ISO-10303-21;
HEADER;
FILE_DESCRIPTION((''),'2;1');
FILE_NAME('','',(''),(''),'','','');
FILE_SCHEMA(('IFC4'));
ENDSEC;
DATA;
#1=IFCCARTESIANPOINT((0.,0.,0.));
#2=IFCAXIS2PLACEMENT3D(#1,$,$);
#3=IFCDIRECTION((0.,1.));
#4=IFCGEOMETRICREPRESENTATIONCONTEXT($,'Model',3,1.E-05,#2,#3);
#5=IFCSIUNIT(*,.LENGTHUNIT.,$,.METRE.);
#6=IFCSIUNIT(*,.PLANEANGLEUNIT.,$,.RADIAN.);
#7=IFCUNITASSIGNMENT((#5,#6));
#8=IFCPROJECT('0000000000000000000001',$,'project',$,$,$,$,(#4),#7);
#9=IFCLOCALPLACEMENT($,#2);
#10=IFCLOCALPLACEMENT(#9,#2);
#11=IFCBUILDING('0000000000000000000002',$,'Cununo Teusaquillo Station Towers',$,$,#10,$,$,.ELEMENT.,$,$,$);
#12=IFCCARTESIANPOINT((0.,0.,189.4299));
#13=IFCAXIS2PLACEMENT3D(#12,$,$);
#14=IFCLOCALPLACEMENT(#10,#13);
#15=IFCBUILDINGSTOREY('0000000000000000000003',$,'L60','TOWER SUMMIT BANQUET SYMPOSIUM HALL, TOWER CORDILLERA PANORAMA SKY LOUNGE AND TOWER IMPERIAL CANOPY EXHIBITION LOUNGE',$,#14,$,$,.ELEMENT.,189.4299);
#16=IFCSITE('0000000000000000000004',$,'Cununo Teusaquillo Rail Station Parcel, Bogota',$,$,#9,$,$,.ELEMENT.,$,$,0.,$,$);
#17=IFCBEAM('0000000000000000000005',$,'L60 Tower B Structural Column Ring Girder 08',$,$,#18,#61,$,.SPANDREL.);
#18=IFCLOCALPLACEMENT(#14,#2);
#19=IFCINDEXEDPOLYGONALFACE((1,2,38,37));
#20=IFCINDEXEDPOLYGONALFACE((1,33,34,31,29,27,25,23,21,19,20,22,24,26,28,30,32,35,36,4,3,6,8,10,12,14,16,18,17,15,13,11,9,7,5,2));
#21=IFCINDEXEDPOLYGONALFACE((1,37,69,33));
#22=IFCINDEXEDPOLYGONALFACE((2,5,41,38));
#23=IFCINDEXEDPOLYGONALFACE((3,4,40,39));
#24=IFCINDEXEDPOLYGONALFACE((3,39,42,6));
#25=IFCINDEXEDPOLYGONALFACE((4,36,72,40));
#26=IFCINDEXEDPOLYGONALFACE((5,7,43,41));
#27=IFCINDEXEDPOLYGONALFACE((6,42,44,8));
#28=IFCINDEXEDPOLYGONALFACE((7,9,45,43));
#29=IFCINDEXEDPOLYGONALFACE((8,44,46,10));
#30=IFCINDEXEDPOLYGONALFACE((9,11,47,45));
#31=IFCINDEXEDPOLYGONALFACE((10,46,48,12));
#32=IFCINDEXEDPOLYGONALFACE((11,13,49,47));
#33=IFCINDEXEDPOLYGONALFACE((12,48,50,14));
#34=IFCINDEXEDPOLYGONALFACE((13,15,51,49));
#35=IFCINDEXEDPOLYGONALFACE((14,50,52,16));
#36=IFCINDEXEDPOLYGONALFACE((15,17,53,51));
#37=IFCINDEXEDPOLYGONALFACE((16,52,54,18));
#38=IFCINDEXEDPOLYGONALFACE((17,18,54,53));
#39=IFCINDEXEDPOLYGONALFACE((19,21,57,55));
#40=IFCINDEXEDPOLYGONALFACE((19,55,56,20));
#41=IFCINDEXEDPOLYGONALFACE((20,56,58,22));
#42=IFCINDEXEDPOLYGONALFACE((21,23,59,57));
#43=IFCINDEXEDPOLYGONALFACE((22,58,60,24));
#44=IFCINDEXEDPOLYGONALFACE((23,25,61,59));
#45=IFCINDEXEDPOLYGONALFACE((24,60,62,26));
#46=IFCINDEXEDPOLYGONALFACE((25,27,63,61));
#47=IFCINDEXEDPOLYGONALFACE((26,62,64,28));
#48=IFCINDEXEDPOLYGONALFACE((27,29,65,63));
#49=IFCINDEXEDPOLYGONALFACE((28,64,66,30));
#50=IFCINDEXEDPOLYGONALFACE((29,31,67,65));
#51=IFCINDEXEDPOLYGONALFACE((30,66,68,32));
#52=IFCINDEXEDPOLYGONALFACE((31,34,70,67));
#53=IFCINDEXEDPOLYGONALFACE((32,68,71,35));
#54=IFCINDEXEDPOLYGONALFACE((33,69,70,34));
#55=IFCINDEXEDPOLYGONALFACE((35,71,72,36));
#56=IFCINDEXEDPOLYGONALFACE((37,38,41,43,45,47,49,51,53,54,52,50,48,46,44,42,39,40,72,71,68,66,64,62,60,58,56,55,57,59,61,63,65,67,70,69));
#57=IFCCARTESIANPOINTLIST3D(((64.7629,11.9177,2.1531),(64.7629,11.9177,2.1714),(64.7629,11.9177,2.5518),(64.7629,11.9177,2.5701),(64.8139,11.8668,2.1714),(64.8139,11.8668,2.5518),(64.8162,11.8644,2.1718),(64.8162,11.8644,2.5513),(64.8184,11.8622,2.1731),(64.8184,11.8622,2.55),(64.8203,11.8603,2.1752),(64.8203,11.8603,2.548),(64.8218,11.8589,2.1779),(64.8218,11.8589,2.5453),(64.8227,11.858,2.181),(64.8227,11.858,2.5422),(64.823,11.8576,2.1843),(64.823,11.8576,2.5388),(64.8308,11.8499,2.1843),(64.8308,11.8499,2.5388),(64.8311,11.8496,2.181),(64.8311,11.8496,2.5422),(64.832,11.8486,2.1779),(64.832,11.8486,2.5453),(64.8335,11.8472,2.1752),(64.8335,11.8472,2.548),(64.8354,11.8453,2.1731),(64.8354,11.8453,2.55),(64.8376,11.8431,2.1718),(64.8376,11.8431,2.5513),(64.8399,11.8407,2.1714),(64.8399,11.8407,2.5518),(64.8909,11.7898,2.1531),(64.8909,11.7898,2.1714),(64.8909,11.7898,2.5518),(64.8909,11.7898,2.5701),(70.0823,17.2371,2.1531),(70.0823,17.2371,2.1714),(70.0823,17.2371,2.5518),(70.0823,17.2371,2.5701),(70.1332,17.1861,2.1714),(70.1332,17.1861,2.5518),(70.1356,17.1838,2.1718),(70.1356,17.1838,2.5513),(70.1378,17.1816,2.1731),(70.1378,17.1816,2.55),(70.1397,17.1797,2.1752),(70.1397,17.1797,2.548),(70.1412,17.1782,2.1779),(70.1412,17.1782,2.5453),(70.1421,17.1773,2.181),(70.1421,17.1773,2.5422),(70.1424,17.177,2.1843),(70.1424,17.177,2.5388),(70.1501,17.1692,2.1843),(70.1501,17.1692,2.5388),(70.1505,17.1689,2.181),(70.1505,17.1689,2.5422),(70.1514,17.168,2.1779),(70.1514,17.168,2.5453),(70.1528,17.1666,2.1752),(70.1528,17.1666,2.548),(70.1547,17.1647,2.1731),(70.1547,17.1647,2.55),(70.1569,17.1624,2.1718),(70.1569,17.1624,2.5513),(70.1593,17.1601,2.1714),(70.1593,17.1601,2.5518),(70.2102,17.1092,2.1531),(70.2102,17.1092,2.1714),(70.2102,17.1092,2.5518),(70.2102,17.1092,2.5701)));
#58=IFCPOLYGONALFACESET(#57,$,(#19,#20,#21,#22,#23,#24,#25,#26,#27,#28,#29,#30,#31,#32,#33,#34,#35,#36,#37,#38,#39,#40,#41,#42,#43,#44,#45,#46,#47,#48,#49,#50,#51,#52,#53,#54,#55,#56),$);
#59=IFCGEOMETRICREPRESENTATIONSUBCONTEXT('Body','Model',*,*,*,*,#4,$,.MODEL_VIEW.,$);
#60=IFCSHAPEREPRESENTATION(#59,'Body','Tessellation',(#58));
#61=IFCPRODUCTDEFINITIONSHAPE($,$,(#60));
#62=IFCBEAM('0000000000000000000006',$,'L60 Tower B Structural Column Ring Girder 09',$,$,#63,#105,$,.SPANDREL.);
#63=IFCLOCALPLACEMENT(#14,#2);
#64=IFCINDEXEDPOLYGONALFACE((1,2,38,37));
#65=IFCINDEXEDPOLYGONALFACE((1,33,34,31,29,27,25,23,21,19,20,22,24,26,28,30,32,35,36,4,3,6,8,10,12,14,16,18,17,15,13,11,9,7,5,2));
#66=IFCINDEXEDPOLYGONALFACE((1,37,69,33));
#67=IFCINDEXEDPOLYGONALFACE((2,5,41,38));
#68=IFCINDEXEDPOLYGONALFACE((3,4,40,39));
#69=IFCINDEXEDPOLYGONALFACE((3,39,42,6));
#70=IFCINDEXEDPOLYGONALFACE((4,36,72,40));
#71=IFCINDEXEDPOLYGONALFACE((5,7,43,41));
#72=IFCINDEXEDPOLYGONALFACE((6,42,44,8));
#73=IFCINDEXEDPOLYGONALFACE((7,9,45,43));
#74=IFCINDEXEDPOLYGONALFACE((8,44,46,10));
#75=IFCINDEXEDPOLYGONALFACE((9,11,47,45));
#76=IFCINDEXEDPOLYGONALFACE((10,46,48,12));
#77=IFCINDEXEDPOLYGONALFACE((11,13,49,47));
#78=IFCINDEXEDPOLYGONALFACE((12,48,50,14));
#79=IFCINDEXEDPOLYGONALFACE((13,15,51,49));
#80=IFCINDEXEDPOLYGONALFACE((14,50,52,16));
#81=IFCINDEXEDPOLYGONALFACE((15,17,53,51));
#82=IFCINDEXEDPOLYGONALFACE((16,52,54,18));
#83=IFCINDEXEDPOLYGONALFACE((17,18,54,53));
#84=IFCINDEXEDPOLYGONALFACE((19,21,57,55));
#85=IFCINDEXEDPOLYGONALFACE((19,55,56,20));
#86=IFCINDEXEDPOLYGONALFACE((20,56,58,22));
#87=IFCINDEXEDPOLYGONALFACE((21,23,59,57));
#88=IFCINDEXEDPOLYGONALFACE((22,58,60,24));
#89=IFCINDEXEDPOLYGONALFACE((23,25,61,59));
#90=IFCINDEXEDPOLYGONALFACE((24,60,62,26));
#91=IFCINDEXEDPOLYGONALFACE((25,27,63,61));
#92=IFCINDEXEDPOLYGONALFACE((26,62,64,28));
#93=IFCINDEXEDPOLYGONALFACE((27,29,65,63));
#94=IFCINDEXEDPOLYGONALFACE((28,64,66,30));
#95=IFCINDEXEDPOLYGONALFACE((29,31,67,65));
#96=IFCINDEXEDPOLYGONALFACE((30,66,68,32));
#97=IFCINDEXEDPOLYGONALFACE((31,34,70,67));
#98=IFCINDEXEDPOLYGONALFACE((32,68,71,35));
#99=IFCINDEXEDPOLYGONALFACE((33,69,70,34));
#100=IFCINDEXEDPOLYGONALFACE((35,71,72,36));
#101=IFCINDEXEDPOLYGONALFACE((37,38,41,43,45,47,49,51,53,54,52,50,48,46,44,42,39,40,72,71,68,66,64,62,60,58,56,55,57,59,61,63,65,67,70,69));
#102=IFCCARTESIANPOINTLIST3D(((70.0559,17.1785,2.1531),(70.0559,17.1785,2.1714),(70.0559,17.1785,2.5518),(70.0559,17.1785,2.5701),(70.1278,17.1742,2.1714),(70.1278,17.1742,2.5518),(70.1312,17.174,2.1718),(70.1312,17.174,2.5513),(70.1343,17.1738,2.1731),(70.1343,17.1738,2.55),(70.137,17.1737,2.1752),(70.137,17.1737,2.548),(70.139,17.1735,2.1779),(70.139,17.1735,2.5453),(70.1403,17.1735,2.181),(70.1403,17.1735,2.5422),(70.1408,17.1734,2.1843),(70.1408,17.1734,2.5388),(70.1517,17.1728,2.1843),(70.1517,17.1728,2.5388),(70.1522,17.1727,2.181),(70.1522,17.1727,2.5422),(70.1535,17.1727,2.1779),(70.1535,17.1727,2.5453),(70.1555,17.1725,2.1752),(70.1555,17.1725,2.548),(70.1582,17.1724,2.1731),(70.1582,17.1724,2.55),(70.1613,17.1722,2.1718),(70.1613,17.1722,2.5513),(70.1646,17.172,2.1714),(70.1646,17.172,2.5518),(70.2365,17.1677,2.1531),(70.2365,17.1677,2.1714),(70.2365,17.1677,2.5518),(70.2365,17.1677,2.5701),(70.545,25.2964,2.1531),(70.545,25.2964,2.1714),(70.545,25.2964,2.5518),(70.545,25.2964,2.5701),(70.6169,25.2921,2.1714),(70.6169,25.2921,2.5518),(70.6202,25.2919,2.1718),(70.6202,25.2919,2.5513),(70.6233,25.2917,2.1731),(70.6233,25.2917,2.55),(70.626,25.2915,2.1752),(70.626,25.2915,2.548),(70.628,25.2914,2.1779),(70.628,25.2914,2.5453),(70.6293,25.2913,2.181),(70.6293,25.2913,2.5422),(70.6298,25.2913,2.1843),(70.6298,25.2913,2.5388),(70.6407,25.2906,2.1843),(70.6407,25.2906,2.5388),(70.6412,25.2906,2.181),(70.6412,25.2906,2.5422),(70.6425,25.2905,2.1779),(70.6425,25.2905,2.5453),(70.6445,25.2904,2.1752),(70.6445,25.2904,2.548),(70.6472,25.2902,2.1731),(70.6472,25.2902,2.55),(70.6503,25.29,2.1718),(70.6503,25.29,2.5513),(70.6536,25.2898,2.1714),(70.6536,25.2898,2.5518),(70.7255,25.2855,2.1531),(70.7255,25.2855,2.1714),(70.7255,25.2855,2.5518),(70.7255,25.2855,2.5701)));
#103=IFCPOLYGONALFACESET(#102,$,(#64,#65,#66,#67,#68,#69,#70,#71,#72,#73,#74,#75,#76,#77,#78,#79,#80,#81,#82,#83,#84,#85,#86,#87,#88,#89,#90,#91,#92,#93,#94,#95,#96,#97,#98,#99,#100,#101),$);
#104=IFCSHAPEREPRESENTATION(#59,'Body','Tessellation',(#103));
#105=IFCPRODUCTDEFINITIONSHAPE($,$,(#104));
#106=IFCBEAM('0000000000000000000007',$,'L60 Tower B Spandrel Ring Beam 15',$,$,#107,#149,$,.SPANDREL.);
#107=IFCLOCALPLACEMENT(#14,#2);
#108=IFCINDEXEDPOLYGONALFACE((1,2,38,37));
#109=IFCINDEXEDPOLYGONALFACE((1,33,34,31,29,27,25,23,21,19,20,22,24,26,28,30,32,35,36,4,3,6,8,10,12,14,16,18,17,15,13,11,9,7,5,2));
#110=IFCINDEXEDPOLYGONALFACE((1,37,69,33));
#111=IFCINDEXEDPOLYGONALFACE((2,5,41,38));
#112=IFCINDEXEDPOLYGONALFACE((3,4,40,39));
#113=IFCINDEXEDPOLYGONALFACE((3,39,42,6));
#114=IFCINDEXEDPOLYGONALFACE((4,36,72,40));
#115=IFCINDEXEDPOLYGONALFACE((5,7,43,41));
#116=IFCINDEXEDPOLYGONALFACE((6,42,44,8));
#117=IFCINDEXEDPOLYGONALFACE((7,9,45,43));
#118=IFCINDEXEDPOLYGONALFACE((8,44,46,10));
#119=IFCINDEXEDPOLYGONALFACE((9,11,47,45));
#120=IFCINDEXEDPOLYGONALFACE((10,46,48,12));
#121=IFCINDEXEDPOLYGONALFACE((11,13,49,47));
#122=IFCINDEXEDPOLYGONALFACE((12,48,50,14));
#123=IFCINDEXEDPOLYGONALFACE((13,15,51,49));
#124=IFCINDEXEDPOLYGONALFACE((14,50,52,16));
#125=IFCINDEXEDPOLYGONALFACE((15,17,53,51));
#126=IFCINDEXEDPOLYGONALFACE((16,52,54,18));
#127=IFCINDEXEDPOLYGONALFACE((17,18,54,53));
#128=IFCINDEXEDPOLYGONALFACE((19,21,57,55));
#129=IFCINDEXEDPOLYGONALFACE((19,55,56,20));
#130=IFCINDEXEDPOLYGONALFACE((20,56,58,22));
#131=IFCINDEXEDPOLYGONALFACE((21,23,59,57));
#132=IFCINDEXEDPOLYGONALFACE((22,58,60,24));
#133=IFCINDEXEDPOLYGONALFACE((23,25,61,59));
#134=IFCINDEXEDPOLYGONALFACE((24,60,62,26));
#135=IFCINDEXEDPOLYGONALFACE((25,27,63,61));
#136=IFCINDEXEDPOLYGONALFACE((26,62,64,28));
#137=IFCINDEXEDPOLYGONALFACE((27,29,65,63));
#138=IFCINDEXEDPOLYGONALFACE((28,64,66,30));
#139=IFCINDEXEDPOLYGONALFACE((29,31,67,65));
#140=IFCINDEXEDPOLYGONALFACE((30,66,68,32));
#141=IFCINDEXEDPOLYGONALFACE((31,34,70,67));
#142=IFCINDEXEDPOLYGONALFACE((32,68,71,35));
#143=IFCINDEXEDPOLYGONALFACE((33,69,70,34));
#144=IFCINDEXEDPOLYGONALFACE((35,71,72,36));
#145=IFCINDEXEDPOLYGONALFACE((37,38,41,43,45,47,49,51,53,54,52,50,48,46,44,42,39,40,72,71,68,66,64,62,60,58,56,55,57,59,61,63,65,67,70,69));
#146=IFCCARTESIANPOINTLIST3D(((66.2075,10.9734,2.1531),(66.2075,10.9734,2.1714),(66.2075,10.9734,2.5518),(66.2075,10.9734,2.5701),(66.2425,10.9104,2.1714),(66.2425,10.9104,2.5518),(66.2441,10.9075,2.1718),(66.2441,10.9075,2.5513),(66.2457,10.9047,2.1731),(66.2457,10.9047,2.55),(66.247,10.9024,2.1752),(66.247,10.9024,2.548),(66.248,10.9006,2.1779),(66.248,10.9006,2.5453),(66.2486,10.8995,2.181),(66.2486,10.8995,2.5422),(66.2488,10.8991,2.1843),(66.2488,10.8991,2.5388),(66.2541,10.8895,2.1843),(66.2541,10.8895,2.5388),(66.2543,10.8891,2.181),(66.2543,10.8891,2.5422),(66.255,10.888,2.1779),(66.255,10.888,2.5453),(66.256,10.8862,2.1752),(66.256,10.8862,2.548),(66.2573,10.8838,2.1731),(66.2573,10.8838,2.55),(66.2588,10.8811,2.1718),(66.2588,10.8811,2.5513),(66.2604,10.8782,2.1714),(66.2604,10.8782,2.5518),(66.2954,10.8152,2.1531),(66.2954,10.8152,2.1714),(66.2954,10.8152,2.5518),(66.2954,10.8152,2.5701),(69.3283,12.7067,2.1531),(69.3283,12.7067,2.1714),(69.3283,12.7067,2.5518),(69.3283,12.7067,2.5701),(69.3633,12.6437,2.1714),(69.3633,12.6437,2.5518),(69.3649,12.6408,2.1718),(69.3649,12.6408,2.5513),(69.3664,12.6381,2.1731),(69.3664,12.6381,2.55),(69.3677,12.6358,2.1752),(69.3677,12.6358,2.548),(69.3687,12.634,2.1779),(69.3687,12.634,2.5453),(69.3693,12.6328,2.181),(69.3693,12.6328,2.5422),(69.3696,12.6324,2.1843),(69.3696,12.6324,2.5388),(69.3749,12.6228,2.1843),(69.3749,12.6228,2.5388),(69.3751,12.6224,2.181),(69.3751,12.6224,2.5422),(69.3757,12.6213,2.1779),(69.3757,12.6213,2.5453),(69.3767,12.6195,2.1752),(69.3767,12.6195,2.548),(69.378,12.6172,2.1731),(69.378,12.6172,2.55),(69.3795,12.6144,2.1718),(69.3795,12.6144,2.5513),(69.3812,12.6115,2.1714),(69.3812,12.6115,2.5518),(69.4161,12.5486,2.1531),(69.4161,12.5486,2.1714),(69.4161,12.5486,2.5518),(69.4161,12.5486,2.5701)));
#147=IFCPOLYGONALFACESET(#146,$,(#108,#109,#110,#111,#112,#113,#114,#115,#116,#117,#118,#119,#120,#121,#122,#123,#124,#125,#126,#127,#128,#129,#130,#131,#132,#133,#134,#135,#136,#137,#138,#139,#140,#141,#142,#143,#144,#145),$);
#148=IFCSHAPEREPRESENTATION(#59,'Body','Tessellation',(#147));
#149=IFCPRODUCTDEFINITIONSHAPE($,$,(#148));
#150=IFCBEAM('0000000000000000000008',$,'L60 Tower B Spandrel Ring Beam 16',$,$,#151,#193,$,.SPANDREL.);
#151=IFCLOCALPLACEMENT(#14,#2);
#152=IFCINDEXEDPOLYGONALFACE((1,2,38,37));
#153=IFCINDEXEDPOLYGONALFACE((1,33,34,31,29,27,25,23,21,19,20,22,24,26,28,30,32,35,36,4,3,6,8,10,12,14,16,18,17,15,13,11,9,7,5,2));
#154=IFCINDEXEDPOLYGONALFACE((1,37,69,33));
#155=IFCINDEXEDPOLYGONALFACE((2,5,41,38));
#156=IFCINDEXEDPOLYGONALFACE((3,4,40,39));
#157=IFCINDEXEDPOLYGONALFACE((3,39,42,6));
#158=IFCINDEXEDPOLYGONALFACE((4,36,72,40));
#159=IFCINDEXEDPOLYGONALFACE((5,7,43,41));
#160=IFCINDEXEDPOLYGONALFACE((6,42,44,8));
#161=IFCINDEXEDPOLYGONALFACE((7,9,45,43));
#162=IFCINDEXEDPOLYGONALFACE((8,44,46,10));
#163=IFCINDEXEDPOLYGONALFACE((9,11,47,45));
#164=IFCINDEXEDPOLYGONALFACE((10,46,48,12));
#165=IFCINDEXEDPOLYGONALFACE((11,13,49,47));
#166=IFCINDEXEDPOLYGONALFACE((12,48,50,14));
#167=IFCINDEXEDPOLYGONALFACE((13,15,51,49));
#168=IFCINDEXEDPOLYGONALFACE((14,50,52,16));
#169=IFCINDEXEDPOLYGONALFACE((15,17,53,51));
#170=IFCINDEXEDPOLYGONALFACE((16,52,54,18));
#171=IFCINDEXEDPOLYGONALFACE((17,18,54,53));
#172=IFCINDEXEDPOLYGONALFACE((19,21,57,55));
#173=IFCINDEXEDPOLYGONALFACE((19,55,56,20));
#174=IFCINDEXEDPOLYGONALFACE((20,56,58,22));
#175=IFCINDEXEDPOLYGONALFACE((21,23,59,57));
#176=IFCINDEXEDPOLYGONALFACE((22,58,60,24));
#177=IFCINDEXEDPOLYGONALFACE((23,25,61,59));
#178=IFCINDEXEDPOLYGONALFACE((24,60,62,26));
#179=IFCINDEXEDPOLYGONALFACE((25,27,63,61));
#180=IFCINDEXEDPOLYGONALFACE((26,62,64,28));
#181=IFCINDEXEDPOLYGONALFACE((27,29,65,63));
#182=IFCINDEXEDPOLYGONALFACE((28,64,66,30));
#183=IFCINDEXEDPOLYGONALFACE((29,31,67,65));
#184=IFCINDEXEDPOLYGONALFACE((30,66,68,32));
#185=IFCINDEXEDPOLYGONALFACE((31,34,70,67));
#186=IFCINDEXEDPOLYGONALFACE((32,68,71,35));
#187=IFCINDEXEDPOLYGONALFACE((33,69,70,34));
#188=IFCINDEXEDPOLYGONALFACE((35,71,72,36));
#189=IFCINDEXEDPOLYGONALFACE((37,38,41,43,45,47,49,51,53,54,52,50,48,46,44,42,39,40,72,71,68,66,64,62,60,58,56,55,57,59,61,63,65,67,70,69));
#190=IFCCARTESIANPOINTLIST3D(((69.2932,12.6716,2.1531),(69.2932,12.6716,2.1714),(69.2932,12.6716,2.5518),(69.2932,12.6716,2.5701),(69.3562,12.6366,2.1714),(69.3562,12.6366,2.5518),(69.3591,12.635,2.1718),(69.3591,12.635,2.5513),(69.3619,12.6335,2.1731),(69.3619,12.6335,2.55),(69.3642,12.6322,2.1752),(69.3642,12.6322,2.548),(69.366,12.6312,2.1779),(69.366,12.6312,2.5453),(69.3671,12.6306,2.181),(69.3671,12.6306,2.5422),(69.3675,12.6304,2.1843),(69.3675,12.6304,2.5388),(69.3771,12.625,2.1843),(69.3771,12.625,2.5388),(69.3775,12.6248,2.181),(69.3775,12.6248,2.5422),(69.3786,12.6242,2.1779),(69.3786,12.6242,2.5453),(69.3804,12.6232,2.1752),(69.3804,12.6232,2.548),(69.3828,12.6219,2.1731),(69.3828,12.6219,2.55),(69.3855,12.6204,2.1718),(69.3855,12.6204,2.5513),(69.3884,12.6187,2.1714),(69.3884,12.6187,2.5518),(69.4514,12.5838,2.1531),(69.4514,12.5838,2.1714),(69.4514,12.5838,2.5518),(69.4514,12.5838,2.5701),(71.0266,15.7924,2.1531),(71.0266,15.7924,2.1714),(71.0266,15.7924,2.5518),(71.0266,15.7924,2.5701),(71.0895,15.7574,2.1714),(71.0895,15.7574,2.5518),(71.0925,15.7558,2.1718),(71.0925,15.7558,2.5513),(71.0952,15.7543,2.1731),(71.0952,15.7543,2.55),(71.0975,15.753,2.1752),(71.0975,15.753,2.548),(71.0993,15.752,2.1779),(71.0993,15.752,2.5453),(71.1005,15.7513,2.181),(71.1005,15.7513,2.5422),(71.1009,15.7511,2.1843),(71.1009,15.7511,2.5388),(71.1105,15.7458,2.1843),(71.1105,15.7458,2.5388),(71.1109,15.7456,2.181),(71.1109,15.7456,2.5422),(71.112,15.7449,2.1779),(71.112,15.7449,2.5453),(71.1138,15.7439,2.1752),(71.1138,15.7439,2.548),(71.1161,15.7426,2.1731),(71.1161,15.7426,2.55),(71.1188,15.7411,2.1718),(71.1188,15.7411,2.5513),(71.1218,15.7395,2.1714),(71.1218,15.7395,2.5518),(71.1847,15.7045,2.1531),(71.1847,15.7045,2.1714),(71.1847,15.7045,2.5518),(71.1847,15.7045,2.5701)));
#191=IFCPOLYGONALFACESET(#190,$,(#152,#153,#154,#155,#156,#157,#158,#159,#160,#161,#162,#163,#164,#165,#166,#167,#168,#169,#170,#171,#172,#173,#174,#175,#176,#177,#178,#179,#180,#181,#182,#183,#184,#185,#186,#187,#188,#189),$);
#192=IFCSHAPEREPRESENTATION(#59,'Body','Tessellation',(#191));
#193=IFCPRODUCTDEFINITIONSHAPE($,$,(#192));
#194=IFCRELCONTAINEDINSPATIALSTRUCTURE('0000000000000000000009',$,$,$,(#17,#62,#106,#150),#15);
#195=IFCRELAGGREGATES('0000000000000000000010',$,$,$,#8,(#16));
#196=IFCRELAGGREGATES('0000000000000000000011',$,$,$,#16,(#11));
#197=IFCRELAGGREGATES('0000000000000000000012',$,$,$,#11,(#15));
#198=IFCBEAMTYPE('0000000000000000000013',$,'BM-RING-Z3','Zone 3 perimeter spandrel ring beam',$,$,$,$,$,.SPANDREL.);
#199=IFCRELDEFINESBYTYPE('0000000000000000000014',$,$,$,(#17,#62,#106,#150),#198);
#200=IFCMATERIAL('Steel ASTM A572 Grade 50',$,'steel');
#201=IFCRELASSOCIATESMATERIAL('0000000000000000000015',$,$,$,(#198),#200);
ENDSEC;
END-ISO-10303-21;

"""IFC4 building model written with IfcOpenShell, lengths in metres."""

from ifc_helpers import new_model, si_unit, direction, frame, origin, origin_2d, place, context, subcontext, project, spatial, i_section, extrude, material, material_profile, profile_set, type_object, element, save


model = new_model("IFC4")

# Units and contexts
model_context = context("Model", 3, precision=1e-05, world=origin(), true_north=direction((0.0, 1.0)))
body_context = subcontext(model_context, "Body", "Model", "MODEL_VIEW")
ifc_project = project(units=[si_unit("LENGTHUNIT", "METRE"), si_unit("PLANEANGLEUNIT", "RADIAN")], contexts=[model_context])

# Site, building, storey
site_placement = place(None, origin())
site = spatial("IfcSite", under=ifc_project, at=site_placement, Name="Cununo Teusaquillo Rail Station Parcel, Bogota", CompositionType="ELEMENT", RefElevation=0.0)
building_placement = place(site_placement, origin())
building = spatial("IfcBuilding", under=site, at=building_placement, Name="Cununo Teusaquillo Station Towers", CompositionType="ELEMENT")
storey_placement = place(building_placement, frame((0.0, 0.0, 189.4299)))
storey = spatial("IfcBuildingStorey", under=building, at=storey_placement, Name="L60", Description="TOWER SUMMIT BANQUET SYMPOSIUM HALL, TOWER CORDILLERA PANORAMA SKY LOUNGE AND TOWER IMPERIAL CANOPY EXHIBITION LOUNGE", CompositionType="ELEMENT", Elevation=189.4299)

# Beams
ifc_material_1 = material(Name="Steel ASTM A572 Grade 50", Category="steel")
ifc_material_profile_1 = material_profile(ifc_material_1, i_section(OverallWidth=0.1809, OverallDepth=0.417, WebThickness=0.011, FlangeThickness=0.0183, FilletRadius=0.0129, at=origin_2d()), Name="W16X57")
ifc_profile_set_1 = profile_set([ifc_material_profile_1], Name="Steel ASTM A572 Grade 50")
beam_type_1 = type_object("IfcBeamType", Name="BM-RING-Z3", Description="Zone 3 perimeter spandrel ring beam", PredefinedType="SPANDREL", material=ifc_profile_set_1)
beam_1_placement = place(storey_placement, frame((64.8269, 11.8538, 2.3616), z_axis=(0.707107, 0.707107, 0.0), x_axis=(-0.707107, 0.707107, 0.0)))
element("IfcBeam", 1, at=beam_1_placement, inside=storey, type_object=beam_type_1, Name="L60 Tower B Structural Column Ring Girder 08", PredefinedType="SPANDREL", context=body_context, shape_type="SweptSolid", body=[
    extrude(i_section(OverallWidth=0.1809, OverallDepth=0.417, WebThickness=0.011, FlangeThickness=0.0183, FilletRadius=0.0129, at=origin_2d()), origin(), (0.0, 0.0, 1.0), 7.5227),
])
beam_2_placement = place(storey_placement, frame((70.1462, 17.1731, 2.3616), z_axis=(0.06013, 0.998191, 0.0), x_axis=(-0.998191, 0.06013, 0.0)))
element("IfcBeam", 2, at=beam_2_placement, inside=storey, type_object=beam_type_1, Name="L60 Tower B Structural Column Ring Girder 09", PredefinedType="SPANDREL", context=body_context, shape_type="SweptSolid", body=[
    extrude(i_section(OverallWidth=0.1809, OverallDepth=0.417, WebThickness=0.011, FlangeThickness=0.0183, FilletRadius=0.0129, at=origin_2d()), origin(), (0.0, 0.0, 1.0), 8.1326),
])
for number, where, z_axis, x_axis, name in (
    (3, (66.2515, 10.8943, 2.3616), (0.874206, 0.485556, 0.0), (-0.485556, 0.874206, 0.0), "L60 Tower B Spandrel Ring Beam 15"),
    (4, (69.3723, 12.6277, 2.3616), (0.485556, 0.874206, 0.0), (-0.874206, 0.485556, 0.0), "L60 Tower B Spandrel Ring Beam 16"),
):
    element("IfcBeam", number, at=place(storey_placement, frame(where, z_axis=z_axis, x_axis=x_axis)), inside=storey, type_object=beam_type_1, Name=name, PredefinedType="SPANDREL", context=body_context, shape_type="SweptSolid", body=[
        extrude(i_section(OverallWidth=0.1809, OverallDepth=0.417, WebThickness=0.011, FlangeThickness=0.0183, FilletRadius=0.0129, at=origin_2d()), origin(), (0.0, 0.0, 1.0), 3.5698),
    ])

save(model, "model.ifc")
